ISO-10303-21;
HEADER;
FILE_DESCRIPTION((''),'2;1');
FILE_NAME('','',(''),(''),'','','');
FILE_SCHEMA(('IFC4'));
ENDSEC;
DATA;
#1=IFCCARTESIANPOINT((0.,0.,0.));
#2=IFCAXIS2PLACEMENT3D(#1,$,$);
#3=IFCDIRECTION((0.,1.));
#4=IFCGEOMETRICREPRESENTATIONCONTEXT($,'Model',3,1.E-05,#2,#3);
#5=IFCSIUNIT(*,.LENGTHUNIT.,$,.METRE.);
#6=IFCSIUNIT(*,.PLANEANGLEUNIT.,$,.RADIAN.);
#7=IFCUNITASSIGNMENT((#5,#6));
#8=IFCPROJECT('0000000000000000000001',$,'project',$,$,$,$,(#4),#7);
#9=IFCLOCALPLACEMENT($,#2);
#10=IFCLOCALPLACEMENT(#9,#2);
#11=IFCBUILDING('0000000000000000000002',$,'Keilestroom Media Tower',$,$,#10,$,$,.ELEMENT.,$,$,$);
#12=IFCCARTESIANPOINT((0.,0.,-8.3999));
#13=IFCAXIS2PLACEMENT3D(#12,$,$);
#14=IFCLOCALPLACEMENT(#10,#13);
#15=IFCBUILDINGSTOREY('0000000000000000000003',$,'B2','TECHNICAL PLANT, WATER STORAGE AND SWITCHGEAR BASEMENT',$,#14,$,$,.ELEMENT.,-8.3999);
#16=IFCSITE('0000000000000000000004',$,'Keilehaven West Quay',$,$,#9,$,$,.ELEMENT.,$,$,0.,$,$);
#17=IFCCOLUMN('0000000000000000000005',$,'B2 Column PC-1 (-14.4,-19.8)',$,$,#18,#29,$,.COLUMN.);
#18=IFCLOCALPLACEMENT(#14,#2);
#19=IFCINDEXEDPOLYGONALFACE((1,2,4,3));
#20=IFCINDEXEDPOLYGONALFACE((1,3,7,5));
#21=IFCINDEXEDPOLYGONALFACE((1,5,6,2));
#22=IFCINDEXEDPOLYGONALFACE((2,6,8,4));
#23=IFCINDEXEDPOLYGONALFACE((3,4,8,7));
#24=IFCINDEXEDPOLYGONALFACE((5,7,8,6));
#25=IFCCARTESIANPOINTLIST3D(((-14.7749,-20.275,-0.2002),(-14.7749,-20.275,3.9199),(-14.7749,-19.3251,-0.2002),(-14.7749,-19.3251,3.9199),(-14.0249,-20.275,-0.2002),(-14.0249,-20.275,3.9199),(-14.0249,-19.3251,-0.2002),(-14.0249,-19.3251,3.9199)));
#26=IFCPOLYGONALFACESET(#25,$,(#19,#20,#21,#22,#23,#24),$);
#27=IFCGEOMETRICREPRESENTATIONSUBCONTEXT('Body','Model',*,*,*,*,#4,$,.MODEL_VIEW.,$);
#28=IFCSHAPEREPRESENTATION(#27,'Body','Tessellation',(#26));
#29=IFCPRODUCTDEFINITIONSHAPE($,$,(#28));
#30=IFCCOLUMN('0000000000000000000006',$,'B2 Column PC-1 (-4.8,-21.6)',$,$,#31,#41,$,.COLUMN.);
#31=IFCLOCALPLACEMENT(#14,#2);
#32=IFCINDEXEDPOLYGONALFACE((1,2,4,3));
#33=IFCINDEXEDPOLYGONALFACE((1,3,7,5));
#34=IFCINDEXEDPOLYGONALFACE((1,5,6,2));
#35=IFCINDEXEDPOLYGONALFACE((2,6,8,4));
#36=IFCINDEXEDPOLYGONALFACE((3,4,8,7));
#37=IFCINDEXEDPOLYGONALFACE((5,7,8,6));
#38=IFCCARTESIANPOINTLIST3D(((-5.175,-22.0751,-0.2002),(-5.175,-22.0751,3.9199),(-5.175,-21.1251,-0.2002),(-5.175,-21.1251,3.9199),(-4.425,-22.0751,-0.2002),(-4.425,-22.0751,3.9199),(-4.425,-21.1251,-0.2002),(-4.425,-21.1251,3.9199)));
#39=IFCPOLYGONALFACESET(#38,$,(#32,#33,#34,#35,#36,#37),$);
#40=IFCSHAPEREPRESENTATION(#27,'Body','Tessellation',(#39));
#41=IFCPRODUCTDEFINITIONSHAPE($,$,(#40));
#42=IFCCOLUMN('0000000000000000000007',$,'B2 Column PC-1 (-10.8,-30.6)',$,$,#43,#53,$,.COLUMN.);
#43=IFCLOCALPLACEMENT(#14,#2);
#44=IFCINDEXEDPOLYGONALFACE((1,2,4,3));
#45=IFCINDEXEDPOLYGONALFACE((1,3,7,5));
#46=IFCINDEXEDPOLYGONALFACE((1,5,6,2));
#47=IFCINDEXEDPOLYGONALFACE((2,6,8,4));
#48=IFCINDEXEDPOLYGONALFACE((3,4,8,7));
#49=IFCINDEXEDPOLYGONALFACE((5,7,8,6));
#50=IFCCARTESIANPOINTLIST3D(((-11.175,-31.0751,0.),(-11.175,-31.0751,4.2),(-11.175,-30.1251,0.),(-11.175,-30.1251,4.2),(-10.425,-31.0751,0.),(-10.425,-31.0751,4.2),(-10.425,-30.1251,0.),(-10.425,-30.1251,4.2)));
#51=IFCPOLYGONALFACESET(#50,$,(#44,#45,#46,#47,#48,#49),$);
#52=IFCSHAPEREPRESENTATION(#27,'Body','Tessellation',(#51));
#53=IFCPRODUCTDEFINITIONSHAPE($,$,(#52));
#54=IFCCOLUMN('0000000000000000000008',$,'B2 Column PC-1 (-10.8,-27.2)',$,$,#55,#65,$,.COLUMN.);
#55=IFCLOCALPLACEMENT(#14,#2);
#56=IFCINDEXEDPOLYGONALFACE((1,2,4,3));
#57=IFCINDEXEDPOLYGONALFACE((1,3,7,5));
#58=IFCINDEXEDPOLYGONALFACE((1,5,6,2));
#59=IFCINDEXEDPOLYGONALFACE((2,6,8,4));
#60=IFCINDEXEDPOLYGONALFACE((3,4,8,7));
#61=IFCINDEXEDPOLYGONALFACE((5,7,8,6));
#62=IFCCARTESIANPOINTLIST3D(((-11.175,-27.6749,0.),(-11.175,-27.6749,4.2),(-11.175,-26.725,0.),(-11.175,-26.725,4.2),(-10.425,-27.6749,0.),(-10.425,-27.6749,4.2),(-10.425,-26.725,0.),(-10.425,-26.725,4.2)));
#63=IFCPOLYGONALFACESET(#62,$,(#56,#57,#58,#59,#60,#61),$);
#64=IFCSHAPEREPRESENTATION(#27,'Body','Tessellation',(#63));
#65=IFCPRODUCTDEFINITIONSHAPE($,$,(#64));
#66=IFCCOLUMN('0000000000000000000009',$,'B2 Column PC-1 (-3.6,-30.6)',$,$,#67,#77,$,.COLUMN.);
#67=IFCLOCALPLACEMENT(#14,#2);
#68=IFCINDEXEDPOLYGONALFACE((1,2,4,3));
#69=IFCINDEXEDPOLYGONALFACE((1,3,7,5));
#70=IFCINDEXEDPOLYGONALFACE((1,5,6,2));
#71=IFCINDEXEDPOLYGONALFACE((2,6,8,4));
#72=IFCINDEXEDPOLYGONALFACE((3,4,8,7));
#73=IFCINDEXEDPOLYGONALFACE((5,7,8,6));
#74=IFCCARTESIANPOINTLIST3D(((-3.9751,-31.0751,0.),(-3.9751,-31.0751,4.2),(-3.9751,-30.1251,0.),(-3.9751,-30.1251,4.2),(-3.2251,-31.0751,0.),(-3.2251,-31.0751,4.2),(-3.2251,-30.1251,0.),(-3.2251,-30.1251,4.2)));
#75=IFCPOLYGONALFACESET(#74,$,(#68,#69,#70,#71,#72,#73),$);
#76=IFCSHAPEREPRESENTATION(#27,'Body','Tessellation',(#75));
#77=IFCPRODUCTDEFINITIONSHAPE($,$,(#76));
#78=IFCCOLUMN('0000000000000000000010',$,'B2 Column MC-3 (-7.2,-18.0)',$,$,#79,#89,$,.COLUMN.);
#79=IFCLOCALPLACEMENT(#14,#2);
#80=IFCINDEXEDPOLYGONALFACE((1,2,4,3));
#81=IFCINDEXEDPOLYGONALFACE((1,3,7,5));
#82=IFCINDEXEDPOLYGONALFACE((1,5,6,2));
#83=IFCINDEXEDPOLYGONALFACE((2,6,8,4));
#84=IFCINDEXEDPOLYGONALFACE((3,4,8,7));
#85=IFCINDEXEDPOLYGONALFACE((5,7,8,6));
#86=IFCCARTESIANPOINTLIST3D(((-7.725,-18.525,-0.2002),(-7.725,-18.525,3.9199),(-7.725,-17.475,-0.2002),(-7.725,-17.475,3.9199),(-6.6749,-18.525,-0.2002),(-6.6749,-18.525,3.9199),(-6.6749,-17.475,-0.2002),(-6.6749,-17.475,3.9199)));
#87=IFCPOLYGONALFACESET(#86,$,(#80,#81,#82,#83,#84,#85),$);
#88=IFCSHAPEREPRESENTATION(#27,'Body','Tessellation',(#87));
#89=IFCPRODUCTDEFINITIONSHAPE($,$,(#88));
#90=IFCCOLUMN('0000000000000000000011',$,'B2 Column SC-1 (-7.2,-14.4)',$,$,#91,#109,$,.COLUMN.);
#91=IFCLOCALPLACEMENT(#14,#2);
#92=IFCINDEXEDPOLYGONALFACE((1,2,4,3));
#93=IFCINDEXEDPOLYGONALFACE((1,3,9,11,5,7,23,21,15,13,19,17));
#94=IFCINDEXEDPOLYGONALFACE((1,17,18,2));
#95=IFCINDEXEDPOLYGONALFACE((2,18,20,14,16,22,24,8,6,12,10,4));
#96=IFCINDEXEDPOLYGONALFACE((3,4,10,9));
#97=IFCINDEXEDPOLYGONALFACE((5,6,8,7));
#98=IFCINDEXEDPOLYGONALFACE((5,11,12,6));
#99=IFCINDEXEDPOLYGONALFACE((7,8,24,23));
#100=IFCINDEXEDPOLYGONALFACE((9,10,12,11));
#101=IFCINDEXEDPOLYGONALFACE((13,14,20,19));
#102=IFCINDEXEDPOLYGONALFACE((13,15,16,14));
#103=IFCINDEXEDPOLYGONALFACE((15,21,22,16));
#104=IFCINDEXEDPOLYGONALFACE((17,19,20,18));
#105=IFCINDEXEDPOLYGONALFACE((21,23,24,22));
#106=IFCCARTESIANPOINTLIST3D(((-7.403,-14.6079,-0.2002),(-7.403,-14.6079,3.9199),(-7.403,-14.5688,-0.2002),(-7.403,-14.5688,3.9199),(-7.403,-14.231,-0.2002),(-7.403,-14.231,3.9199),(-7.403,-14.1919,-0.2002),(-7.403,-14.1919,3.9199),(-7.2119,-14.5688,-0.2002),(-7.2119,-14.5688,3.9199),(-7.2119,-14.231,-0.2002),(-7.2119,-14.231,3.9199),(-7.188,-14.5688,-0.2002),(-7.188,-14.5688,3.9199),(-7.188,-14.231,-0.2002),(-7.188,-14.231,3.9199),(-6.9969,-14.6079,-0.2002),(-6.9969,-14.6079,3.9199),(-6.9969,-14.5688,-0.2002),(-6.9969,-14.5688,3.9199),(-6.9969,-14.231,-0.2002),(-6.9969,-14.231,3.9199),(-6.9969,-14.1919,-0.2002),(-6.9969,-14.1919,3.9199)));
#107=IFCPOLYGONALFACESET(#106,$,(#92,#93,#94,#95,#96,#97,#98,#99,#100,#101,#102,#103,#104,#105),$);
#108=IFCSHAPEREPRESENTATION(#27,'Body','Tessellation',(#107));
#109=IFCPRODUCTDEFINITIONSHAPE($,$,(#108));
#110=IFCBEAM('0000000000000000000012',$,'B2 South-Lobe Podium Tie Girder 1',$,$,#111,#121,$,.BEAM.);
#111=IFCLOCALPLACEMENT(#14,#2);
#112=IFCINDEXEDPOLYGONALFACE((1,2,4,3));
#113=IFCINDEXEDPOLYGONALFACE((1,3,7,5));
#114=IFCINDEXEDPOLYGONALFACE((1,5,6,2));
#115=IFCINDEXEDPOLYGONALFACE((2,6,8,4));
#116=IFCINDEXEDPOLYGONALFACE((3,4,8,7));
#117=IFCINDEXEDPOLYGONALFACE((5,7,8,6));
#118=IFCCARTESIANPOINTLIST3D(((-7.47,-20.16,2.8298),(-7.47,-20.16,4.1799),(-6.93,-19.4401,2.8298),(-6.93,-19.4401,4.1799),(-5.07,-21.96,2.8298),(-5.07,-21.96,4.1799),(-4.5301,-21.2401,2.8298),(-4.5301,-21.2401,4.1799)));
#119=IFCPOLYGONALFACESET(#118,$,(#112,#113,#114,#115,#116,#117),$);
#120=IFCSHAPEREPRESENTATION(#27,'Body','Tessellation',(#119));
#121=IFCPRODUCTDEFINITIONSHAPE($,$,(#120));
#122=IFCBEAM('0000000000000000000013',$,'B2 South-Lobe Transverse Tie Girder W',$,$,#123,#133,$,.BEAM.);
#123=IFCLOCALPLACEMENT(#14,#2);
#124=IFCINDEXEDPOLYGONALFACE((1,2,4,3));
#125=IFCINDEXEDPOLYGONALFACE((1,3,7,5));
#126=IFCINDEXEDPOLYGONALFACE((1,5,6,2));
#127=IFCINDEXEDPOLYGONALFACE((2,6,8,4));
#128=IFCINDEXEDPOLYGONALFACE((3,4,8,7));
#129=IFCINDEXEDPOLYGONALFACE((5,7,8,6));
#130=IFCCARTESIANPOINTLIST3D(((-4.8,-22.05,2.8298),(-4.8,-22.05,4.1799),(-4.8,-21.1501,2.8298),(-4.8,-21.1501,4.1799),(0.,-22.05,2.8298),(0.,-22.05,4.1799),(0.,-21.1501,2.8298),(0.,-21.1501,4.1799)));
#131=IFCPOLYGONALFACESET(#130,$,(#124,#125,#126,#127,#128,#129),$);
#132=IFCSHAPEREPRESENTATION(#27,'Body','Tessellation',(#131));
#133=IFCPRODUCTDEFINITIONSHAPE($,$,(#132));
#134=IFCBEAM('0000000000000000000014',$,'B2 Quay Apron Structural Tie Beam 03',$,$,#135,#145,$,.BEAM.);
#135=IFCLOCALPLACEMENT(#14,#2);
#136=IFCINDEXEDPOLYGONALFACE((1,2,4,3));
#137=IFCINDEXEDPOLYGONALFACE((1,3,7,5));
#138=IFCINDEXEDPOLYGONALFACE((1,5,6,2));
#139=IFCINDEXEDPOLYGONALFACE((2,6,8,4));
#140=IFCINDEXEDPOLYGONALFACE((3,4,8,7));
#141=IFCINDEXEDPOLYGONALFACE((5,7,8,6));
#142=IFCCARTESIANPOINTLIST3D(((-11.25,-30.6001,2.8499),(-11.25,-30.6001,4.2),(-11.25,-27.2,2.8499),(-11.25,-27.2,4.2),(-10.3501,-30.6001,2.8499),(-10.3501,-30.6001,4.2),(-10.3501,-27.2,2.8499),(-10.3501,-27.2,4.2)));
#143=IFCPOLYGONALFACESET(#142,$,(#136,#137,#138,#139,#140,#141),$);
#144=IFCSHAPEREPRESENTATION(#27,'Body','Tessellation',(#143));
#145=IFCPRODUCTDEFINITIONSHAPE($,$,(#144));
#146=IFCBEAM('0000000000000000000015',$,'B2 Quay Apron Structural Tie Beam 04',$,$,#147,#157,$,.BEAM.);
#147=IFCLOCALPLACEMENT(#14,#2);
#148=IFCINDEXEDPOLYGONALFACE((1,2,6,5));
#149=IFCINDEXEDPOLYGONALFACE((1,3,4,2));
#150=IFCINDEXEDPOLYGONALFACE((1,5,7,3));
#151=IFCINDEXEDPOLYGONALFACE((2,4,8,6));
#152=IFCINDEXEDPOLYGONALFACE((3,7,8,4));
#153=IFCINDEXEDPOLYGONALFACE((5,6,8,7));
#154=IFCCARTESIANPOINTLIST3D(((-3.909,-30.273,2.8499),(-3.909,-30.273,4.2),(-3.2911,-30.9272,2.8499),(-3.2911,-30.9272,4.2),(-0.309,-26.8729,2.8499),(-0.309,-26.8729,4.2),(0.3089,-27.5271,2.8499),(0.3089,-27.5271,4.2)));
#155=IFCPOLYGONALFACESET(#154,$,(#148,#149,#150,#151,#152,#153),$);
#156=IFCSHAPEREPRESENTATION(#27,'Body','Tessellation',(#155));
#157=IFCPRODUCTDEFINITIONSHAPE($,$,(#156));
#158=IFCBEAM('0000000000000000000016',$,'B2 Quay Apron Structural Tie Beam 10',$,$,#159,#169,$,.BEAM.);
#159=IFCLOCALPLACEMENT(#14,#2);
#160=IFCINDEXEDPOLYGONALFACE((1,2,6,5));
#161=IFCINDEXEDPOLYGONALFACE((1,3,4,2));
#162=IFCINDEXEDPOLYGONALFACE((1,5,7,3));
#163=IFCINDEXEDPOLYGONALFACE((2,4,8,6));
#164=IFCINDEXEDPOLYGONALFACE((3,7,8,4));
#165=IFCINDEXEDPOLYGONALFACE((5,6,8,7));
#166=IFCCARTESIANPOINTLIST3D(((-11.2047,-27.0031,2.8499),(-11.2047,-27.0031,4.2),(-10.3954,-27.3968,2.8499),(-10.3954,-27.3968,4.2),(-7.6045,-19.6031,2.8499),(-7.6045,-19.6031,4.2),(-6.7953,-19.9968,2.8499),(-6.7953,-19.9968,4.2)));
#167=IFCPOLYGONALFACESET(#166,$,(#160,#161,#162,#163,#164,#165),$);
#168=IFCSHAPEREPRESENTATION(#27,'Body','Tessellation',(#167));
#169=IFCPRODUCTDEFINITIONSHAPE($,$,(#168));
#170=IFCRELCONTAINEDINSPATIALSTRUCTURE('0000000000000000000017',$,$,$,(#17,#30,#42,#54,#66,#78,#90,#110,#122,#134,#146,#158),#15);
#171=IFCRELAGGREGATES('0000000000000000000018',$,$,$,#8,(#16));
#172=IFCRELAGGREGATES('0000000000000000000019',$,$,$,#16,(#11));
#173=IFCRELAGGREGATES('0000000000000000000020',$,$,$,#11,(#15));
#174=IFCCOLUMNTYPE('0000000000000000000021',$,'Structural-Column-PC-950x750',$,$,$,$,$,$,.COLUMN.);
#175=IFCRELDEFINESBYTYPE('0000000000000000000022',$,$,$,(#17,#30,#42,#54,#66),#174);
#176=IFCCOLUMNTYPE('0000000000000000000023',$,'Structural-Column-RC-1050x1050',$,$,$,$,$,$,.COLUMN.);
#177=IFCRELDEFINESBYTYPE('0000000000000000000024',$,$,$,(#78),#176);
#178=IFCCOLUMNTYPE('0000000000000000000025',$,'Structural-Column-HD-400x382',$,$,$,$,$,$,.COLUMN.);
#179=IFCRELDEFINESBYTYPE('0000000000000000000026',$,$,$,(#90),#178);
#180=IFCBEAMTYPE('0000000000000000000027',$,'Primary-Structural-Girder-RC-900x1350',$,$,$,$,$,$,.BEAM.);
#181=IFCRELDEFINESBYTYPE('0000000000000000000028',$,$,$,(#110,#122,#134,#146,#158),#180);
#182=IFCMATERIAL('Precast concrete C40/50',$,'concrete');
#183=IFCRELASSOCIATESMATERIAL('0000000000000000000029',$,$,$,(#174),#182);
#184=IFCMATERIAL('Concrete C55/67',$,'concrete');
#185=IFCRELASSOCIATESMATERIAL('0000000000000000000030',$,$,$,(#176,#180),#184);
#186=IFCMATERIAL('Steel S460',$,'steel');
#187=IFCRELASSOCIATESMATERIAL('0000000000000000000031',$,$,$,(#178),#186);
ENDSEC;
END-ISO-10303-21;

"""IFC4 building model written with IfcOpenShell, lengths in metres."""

from ifc_helpers import new_model, si_unit, direction, frame, origin, origin_2d, place, context, subcontext, project, spatial, rectangle, i_section, extrude, source, transform, mapped, material, material_profile, profile_set, type_object, element, save


model = new_model("IFC4")

# Units and contexts
model_context = context("Model", 3, precision=1e-05, world=origin(), true_north=direction((0.0, 1.0)))
body_context = subcontext(model_context, "Body", "Model", "MODEL_VIEW")
ifc_project = project(units=[si_unit("LENGTHUNIT", "METRE"), si_unit("PLANEANGLEUNIT", "RADIAN")], contexts=[model_context])

# Site, building, storey
site_placement = place(None, origin())
site = spatial("IfcSite", under=ifc_project, at=site_placement, Name="Keilehaven West Quay", CompositionType="ELEMENT", RefElevation=0.0)
building_placement = place(site_placement, origin())
building = spatial("IfcBuilding", under=site, at=building_placement, Name="Keilestroom Media Tower", CompositionType="ELEMENT")
storey_placement = place(building_placement, frame((0.0, 0.0, -8.3999)))
storey = spatial("IfcBuildingStorey", under=building, at=storey_placement, Name="B2", Description="TECHNICAL PLANT, WATER STORAGE AND SWITCHGEAR BASEMENT", CompositionType="ELEMENT", Elevation=-8.3999)

# Shared definitions
ifc_material_1 = material(Name="Concrete C55/67", Category="concrete")

# Columns
ifc_material_2 = material(Name="Precast concrete C40/50", Category="concrete")
ifc_material_profile_1 = material_profile(ifc_material_2, rectangle(XDim=0.75, YDim=0.95, at=origin_2d()), Name="PC 950x750")
ifc_profile_set_1 = profile_set([ifc_material_profile_1], Name="Precast concrete C40/50")
column_type_1 = type_object("IfcColumnType", Name="Structural-Column-PC-950x750", PredefinedType="COLUMN", material=ifc_profile_set_1)
shared_shape_1 = source(origin(), body_context, "Body", "SweptSolid", [
    extrude(rectangle(XDim=0.75, YDim=0.95, at=origin_2d()), origin(), (0.0, 0.0, 1.0), 4.1201),
])
for number, where, z_axis, x_axis, name in (
    (1, (-14.3999, -19.8, -0.2002), (0.0, 0.0, 1.0), (1.0, 0.0, 0.0), "B2 Column PC-1 (-14.4,-19.8)"),
    (2, (-4.8, -21.6001, -0.2002), (0.0, 0.0, 1.0), (1.0, 0.0, 0.0), "B2 Column PC-1 (-4.8,-21.6)"),
):
    element("IfcColumn", number, at=place(storey_placement, frame(where, z_axis=z_axis, x_axis=x_axis)), inside=storey, type_object=column_type_1, Name=name, PredefinedType="COLUMN", context=body_context, shape_type="MappedRepresentation", body=[
        mapped(shared_shape_1, transform((0.0, 0.0, 0.0), x_axis=(1.0, 0.0, 0.0), y_axis=(0.0, 1.0, 0.0), z_axis=(0.0, 0.0, 1.0), scale=1.0)),
    ])
shared_shape_2 = source(origin(), body_context, "Body", "SweptSolid", [
    extrude(rectangle(XDim=0.75, YDim=0.95, at=origin_2d()), origin(), (0.0, 0.0, 1.0), 4.2),
])
for number, where, z_axis, x_axis, name in (
    (3, (-10.8, -30.6001, 0.0), (0.0, 0.0, 1.0), (1.0, 0.0, 0.0), "B2 Column PC-1 (-10.8,-30.6)"),
    (4, (-10.8, -27.2, 0.0), (0.0, 0.0, 1.0), (1.0, 0.0, 0.0), "B2 Column PC-1 (-10.8,-27.2)"),
    (5, (-3.6001, -30.6001, 0.0), (0.0, 0.0, 1.0), (1.0, 0.0, 0.0), "B2 Column PC-1 (-3.6,-30.6)"),
):
    element("IfcColumn", number, at=place(storey_placement, frame(where, z_axis=z_axis, x_axis=x_axis)), inside=storey, type_object=column_type_1, Name=name, PredefinedType="COLUMN", context=body_context, shape_type="MappedRepresentation", body=[
        mapped(shared_shape_2, transform((0.0, 0.0, 0.0), x_axis=(1.0, 0.0, 0.0), y_axis=(0.0, 1.0, 0.0), z_axis=(0.0, 0.0, 1.0), scale=1.0)),
    ])
ifc_material_profile_2 = material_profile(ifc_material_1, rectangle(XDim=1.05, YDim=1.05, at=origin_2d()), Name="RC 1050x1050")
ifc_profile_set_2 = profile_set([ifc_material_profile_2], Name="Concrete C55/67")
column_type_2 = type_object("IfcColumnType", Name="Structural-Column-RC-1050x1050", PredefinedType="COLUMN", material=ifc_profile_set_2)
shared_shape_3 = source(origin(), body_context, "Body", "SweptSolid", [
    extrude(rectangle(XDim=1.05, YDim=1.05, at=origin_2d()), origin(), (0.0, 0.0, 1.0), 4.1201),
])
column_1_placement = place(storey_placement, frame((-7.2, -18.0, -0.2002), z_axis=(0.0, 0.0, 1.0), x_axis=(1.0, 0.0, 0.0)))
element("IfcColumn", 6, at=column_1_placement, inside=storey, type_object=column_type_2, Name="B2 Column MC-3 (-7.2,-18.0)", PredefinedType="COLUMN", context=body_context, shape_type="MappedRepresentation", body=[
    mapped(shared_shape_3, transform((0.0, 0.0, 0.0), x_axis=(1.0, 0.0, 0.0), y_axis=(0.0, 1.0, 0.0), z_axis=(0.0, 0.0, 1.0), scale=1.0)),
])
ifc_material_3 = material(Name="Steel S460", Category="steel")
ifc_material_profile_3 = material_profile(ifc_material_3, i_section(OverallWidth=0.406, OverallDepth=0.416, WebThickness=0.0239, FlangeThickness=0.0391, at=origin_2d()), Name="HD 400x382")
ifc_profile_set_3 = profile_set([ifc_material_profile_3], Name="Steel S460")
column_type_3 = type_object("IfcColumnType", Name="Structural-Column-HD-400x382", PredefinedType="COLUMN", material=ifc_profile_set_3)
shared_shape_4 = source(origin(), body_context, "Body", "SweptSolid", [
    extrude(i_section(OverallWidth=0.406, OverallDepth=0.416, WebThickness=0.0239, FlangeThickness=0.0391, at=origin_2d()), origin(), (0.0, 0.0, 1.0), 4.1201),
])
column_2_placement = place(storey_placement, frame((-7.2, -14.3999, -0.2002), z_axis=(0.0, 0.0, 1.0), x_axis=(1.0, 0.0, 0.0)))
element("IfcColumn", 7, at=column_2_placement, inside=storey, type_object=column_type_3, Name="B2 Column SC-1 (-7.2,-14.4)", PredefinedType="COLUMN", context=body_context, shape_type="MappedRepresentation", body=[
    mapped(shared_shape_4, transform((0.0, 0.0, 0.0), x_axis=(1.0, 0.0, 0.0), y_axis=(0.0, 1.0, 0.0), z_axis=(0.0, 0.0, 1.0), scale=1.0)),
])

# Beams
ifc_material_profile_4 = material_profile(ifc_material_1, rectangle(XDim=0.8999, YDim=1.3501, at=origin_2d()), Name="RC 900x1350")
ifc_profile_set_4 = profile_set([ifc_material_profile_4], Name="Concrete C55/67")
beam_type_1 = type_object("IfcBeamType", Name="Primary-Structural-Girder-RC-900x1350", PredefinedType="BEAM", material=ifc_profile_set_4)
shared_shape_5 = source(origin(), body_context, "Body", "SweptSolid", [
    extrude(rectangle(XDim=0.8999, YDim=1.3501, at=origin_2d()), origin(), (0.0, 0.0, 1.0), 3.0),
])
beam_1_placement = place(storey_placement, frame((-4.8, -21.6001, 3.5049), z_axis=(-0.79998, 0.600026, 0.0), x_axis=(-0.600026, -0.79998, 0.0)))
element("IfcBeam", 8, at=beam_1_placement, inside=storey, type_object=beam_type_1, Name="B2 South-Lobe Podium Tie Girder 1", PredefinedType="BEAM", context=body_context, shape_type="MappedRepresentation", body=[
    mapped(shared_shape_5, transform((0.0, 0.0, 0.0), x_axis=(1.0, 0.0, 0.0), y_axis=(0.0, 1.0, 0.0), z_axis=(0.0, 0.0, 1.0), scale=1.0)),
])
shared_shape_6 = source(origin(), body_context, "Body", "SweptSolid", [
    extrude(rectangle(XDim=0.8999, YDim=1.3501, at=origin_2d()), origin(), (0.0, 0.0, 1.0), 4.8),
])
beam_2_placement = place(storey_placement, frame((-4.8, -21.6001, 3.5049), z_axis=(1.0, 0.0, 0.0), x_axis=(0.0, 1.0, 0.0)))
element("IfcBeam", 9, at=beam_2_placement, inside=storey, type_object=beam_type_1, Name="B2 South-Lobe Transverse Tie Girder W", PredefinedType="BEAM", context=body_context, shape_type="MappedRepresentation", body=[
    mapped(shared_shape_6, transform((0.0, 0.0, 0.0), x_axis=(1.0, 0.0, 0.0), y_axis=(0.0, 1.0, 0.0), z_axis=(0.0, 0.0, 1.0), scale=1.0)),
])
shared_shape_7 = source(origin(), body_context, "Body", "SweptSolid", [
    extrude(rectangle(XDim=0.8999, YDim=1.3501, at=origin_2d()), origin(), (0.0, 0.0, 1.0), 3.4001),
])
beam_3_placement = place(storey_placement, frame((-10.8, -30.6001, 3.5249), z_axis=(0.0, 1.0, 0.0), x_axis=(-1.0, 0.0, 0.0)))
element("IfcBeam", 10, at=beam_3_placement, inside=storey, type_object=beam_type_1, Name="B2 Quay Apron Structural Tie Beam 03", PredefinedType="BEAM", context=body_context, shape_type="MappedRepresentation", body=[
    mapped(shared_shape_7, transform((0.0, 0.0, 0.0), x_axis=(1.0, 0.0, 0.0), y_axis=(0.0, 1.0, 0.0), z_axis=(0.0, 0.0, 1.0), scale=1.0)),
])
shared_shape_8 = source(origin(), body_context, "Body", "SweptSolid", [
    extrude(rectangle(XDim=0.8999, YDim=1.3501, at=origin_2d()), origin(), (0.0, 0.0, 1.0), 4.9519),
])
beam_4_placement = place(storey_placement, frame((-3.6001, -30.6001, 3.5249), z_axis=(0.727008, 0.686629, 0.0), x_axis=(-0.686629, 0.727008, 0.0)))
element("IfcBeam", 11, at=beam_4_placement, inside=storey, type_object=beam_type_1, Name="B2 Quay Apron Structural Tie Beam 04", PredefinedType="BEAM", context=body_context, shape_type="MappedRepresentation", body=[
    mapped(shared_shape_8, transform((0.0, 0.0, 0.0), x_axis=(1.0, 0.0, 0.0), y_axis=(0.0, 1.0, 0.0), z_axis=(0.0, 0.0, 1.0), scale=1.0)),
])
shared_shape_9 = source(origin(), body_context, "Body", "SweptSolid", [
    extrude(rectangle(XDim=0.8999, YDim=1.3501, at=origin_2d()), origin(), (0.0, 0.0, 1.0), 8.2292),
])
beam_5_placement = place(storey_placement, frame((-10.8, -27.2, 3.5249), z_axis=(0.43748, 0.899228, 0.0), x_axis=(-0.899228, 0.43748, 0.0)))
element("IfcBeam", 12, at=beam_5_placement, inside=storey, type_object=beam_type_1, Name="B2 Quay Apron Structural Tie Beam 10", PredefinedType="BEAM", context=body_context, shape_type="MappedRepresentation", body=[
    mapped(shared_shape_9, transform((0.0, 0.0, 0.0), x_axis=(1.0, 0.0, 0.0), y_axis=(0.0, 1.0, 0.0), z_axis=(0.0, 0.0, 1.0), scale=1.0)),
])

save(model, "model.ifc")
